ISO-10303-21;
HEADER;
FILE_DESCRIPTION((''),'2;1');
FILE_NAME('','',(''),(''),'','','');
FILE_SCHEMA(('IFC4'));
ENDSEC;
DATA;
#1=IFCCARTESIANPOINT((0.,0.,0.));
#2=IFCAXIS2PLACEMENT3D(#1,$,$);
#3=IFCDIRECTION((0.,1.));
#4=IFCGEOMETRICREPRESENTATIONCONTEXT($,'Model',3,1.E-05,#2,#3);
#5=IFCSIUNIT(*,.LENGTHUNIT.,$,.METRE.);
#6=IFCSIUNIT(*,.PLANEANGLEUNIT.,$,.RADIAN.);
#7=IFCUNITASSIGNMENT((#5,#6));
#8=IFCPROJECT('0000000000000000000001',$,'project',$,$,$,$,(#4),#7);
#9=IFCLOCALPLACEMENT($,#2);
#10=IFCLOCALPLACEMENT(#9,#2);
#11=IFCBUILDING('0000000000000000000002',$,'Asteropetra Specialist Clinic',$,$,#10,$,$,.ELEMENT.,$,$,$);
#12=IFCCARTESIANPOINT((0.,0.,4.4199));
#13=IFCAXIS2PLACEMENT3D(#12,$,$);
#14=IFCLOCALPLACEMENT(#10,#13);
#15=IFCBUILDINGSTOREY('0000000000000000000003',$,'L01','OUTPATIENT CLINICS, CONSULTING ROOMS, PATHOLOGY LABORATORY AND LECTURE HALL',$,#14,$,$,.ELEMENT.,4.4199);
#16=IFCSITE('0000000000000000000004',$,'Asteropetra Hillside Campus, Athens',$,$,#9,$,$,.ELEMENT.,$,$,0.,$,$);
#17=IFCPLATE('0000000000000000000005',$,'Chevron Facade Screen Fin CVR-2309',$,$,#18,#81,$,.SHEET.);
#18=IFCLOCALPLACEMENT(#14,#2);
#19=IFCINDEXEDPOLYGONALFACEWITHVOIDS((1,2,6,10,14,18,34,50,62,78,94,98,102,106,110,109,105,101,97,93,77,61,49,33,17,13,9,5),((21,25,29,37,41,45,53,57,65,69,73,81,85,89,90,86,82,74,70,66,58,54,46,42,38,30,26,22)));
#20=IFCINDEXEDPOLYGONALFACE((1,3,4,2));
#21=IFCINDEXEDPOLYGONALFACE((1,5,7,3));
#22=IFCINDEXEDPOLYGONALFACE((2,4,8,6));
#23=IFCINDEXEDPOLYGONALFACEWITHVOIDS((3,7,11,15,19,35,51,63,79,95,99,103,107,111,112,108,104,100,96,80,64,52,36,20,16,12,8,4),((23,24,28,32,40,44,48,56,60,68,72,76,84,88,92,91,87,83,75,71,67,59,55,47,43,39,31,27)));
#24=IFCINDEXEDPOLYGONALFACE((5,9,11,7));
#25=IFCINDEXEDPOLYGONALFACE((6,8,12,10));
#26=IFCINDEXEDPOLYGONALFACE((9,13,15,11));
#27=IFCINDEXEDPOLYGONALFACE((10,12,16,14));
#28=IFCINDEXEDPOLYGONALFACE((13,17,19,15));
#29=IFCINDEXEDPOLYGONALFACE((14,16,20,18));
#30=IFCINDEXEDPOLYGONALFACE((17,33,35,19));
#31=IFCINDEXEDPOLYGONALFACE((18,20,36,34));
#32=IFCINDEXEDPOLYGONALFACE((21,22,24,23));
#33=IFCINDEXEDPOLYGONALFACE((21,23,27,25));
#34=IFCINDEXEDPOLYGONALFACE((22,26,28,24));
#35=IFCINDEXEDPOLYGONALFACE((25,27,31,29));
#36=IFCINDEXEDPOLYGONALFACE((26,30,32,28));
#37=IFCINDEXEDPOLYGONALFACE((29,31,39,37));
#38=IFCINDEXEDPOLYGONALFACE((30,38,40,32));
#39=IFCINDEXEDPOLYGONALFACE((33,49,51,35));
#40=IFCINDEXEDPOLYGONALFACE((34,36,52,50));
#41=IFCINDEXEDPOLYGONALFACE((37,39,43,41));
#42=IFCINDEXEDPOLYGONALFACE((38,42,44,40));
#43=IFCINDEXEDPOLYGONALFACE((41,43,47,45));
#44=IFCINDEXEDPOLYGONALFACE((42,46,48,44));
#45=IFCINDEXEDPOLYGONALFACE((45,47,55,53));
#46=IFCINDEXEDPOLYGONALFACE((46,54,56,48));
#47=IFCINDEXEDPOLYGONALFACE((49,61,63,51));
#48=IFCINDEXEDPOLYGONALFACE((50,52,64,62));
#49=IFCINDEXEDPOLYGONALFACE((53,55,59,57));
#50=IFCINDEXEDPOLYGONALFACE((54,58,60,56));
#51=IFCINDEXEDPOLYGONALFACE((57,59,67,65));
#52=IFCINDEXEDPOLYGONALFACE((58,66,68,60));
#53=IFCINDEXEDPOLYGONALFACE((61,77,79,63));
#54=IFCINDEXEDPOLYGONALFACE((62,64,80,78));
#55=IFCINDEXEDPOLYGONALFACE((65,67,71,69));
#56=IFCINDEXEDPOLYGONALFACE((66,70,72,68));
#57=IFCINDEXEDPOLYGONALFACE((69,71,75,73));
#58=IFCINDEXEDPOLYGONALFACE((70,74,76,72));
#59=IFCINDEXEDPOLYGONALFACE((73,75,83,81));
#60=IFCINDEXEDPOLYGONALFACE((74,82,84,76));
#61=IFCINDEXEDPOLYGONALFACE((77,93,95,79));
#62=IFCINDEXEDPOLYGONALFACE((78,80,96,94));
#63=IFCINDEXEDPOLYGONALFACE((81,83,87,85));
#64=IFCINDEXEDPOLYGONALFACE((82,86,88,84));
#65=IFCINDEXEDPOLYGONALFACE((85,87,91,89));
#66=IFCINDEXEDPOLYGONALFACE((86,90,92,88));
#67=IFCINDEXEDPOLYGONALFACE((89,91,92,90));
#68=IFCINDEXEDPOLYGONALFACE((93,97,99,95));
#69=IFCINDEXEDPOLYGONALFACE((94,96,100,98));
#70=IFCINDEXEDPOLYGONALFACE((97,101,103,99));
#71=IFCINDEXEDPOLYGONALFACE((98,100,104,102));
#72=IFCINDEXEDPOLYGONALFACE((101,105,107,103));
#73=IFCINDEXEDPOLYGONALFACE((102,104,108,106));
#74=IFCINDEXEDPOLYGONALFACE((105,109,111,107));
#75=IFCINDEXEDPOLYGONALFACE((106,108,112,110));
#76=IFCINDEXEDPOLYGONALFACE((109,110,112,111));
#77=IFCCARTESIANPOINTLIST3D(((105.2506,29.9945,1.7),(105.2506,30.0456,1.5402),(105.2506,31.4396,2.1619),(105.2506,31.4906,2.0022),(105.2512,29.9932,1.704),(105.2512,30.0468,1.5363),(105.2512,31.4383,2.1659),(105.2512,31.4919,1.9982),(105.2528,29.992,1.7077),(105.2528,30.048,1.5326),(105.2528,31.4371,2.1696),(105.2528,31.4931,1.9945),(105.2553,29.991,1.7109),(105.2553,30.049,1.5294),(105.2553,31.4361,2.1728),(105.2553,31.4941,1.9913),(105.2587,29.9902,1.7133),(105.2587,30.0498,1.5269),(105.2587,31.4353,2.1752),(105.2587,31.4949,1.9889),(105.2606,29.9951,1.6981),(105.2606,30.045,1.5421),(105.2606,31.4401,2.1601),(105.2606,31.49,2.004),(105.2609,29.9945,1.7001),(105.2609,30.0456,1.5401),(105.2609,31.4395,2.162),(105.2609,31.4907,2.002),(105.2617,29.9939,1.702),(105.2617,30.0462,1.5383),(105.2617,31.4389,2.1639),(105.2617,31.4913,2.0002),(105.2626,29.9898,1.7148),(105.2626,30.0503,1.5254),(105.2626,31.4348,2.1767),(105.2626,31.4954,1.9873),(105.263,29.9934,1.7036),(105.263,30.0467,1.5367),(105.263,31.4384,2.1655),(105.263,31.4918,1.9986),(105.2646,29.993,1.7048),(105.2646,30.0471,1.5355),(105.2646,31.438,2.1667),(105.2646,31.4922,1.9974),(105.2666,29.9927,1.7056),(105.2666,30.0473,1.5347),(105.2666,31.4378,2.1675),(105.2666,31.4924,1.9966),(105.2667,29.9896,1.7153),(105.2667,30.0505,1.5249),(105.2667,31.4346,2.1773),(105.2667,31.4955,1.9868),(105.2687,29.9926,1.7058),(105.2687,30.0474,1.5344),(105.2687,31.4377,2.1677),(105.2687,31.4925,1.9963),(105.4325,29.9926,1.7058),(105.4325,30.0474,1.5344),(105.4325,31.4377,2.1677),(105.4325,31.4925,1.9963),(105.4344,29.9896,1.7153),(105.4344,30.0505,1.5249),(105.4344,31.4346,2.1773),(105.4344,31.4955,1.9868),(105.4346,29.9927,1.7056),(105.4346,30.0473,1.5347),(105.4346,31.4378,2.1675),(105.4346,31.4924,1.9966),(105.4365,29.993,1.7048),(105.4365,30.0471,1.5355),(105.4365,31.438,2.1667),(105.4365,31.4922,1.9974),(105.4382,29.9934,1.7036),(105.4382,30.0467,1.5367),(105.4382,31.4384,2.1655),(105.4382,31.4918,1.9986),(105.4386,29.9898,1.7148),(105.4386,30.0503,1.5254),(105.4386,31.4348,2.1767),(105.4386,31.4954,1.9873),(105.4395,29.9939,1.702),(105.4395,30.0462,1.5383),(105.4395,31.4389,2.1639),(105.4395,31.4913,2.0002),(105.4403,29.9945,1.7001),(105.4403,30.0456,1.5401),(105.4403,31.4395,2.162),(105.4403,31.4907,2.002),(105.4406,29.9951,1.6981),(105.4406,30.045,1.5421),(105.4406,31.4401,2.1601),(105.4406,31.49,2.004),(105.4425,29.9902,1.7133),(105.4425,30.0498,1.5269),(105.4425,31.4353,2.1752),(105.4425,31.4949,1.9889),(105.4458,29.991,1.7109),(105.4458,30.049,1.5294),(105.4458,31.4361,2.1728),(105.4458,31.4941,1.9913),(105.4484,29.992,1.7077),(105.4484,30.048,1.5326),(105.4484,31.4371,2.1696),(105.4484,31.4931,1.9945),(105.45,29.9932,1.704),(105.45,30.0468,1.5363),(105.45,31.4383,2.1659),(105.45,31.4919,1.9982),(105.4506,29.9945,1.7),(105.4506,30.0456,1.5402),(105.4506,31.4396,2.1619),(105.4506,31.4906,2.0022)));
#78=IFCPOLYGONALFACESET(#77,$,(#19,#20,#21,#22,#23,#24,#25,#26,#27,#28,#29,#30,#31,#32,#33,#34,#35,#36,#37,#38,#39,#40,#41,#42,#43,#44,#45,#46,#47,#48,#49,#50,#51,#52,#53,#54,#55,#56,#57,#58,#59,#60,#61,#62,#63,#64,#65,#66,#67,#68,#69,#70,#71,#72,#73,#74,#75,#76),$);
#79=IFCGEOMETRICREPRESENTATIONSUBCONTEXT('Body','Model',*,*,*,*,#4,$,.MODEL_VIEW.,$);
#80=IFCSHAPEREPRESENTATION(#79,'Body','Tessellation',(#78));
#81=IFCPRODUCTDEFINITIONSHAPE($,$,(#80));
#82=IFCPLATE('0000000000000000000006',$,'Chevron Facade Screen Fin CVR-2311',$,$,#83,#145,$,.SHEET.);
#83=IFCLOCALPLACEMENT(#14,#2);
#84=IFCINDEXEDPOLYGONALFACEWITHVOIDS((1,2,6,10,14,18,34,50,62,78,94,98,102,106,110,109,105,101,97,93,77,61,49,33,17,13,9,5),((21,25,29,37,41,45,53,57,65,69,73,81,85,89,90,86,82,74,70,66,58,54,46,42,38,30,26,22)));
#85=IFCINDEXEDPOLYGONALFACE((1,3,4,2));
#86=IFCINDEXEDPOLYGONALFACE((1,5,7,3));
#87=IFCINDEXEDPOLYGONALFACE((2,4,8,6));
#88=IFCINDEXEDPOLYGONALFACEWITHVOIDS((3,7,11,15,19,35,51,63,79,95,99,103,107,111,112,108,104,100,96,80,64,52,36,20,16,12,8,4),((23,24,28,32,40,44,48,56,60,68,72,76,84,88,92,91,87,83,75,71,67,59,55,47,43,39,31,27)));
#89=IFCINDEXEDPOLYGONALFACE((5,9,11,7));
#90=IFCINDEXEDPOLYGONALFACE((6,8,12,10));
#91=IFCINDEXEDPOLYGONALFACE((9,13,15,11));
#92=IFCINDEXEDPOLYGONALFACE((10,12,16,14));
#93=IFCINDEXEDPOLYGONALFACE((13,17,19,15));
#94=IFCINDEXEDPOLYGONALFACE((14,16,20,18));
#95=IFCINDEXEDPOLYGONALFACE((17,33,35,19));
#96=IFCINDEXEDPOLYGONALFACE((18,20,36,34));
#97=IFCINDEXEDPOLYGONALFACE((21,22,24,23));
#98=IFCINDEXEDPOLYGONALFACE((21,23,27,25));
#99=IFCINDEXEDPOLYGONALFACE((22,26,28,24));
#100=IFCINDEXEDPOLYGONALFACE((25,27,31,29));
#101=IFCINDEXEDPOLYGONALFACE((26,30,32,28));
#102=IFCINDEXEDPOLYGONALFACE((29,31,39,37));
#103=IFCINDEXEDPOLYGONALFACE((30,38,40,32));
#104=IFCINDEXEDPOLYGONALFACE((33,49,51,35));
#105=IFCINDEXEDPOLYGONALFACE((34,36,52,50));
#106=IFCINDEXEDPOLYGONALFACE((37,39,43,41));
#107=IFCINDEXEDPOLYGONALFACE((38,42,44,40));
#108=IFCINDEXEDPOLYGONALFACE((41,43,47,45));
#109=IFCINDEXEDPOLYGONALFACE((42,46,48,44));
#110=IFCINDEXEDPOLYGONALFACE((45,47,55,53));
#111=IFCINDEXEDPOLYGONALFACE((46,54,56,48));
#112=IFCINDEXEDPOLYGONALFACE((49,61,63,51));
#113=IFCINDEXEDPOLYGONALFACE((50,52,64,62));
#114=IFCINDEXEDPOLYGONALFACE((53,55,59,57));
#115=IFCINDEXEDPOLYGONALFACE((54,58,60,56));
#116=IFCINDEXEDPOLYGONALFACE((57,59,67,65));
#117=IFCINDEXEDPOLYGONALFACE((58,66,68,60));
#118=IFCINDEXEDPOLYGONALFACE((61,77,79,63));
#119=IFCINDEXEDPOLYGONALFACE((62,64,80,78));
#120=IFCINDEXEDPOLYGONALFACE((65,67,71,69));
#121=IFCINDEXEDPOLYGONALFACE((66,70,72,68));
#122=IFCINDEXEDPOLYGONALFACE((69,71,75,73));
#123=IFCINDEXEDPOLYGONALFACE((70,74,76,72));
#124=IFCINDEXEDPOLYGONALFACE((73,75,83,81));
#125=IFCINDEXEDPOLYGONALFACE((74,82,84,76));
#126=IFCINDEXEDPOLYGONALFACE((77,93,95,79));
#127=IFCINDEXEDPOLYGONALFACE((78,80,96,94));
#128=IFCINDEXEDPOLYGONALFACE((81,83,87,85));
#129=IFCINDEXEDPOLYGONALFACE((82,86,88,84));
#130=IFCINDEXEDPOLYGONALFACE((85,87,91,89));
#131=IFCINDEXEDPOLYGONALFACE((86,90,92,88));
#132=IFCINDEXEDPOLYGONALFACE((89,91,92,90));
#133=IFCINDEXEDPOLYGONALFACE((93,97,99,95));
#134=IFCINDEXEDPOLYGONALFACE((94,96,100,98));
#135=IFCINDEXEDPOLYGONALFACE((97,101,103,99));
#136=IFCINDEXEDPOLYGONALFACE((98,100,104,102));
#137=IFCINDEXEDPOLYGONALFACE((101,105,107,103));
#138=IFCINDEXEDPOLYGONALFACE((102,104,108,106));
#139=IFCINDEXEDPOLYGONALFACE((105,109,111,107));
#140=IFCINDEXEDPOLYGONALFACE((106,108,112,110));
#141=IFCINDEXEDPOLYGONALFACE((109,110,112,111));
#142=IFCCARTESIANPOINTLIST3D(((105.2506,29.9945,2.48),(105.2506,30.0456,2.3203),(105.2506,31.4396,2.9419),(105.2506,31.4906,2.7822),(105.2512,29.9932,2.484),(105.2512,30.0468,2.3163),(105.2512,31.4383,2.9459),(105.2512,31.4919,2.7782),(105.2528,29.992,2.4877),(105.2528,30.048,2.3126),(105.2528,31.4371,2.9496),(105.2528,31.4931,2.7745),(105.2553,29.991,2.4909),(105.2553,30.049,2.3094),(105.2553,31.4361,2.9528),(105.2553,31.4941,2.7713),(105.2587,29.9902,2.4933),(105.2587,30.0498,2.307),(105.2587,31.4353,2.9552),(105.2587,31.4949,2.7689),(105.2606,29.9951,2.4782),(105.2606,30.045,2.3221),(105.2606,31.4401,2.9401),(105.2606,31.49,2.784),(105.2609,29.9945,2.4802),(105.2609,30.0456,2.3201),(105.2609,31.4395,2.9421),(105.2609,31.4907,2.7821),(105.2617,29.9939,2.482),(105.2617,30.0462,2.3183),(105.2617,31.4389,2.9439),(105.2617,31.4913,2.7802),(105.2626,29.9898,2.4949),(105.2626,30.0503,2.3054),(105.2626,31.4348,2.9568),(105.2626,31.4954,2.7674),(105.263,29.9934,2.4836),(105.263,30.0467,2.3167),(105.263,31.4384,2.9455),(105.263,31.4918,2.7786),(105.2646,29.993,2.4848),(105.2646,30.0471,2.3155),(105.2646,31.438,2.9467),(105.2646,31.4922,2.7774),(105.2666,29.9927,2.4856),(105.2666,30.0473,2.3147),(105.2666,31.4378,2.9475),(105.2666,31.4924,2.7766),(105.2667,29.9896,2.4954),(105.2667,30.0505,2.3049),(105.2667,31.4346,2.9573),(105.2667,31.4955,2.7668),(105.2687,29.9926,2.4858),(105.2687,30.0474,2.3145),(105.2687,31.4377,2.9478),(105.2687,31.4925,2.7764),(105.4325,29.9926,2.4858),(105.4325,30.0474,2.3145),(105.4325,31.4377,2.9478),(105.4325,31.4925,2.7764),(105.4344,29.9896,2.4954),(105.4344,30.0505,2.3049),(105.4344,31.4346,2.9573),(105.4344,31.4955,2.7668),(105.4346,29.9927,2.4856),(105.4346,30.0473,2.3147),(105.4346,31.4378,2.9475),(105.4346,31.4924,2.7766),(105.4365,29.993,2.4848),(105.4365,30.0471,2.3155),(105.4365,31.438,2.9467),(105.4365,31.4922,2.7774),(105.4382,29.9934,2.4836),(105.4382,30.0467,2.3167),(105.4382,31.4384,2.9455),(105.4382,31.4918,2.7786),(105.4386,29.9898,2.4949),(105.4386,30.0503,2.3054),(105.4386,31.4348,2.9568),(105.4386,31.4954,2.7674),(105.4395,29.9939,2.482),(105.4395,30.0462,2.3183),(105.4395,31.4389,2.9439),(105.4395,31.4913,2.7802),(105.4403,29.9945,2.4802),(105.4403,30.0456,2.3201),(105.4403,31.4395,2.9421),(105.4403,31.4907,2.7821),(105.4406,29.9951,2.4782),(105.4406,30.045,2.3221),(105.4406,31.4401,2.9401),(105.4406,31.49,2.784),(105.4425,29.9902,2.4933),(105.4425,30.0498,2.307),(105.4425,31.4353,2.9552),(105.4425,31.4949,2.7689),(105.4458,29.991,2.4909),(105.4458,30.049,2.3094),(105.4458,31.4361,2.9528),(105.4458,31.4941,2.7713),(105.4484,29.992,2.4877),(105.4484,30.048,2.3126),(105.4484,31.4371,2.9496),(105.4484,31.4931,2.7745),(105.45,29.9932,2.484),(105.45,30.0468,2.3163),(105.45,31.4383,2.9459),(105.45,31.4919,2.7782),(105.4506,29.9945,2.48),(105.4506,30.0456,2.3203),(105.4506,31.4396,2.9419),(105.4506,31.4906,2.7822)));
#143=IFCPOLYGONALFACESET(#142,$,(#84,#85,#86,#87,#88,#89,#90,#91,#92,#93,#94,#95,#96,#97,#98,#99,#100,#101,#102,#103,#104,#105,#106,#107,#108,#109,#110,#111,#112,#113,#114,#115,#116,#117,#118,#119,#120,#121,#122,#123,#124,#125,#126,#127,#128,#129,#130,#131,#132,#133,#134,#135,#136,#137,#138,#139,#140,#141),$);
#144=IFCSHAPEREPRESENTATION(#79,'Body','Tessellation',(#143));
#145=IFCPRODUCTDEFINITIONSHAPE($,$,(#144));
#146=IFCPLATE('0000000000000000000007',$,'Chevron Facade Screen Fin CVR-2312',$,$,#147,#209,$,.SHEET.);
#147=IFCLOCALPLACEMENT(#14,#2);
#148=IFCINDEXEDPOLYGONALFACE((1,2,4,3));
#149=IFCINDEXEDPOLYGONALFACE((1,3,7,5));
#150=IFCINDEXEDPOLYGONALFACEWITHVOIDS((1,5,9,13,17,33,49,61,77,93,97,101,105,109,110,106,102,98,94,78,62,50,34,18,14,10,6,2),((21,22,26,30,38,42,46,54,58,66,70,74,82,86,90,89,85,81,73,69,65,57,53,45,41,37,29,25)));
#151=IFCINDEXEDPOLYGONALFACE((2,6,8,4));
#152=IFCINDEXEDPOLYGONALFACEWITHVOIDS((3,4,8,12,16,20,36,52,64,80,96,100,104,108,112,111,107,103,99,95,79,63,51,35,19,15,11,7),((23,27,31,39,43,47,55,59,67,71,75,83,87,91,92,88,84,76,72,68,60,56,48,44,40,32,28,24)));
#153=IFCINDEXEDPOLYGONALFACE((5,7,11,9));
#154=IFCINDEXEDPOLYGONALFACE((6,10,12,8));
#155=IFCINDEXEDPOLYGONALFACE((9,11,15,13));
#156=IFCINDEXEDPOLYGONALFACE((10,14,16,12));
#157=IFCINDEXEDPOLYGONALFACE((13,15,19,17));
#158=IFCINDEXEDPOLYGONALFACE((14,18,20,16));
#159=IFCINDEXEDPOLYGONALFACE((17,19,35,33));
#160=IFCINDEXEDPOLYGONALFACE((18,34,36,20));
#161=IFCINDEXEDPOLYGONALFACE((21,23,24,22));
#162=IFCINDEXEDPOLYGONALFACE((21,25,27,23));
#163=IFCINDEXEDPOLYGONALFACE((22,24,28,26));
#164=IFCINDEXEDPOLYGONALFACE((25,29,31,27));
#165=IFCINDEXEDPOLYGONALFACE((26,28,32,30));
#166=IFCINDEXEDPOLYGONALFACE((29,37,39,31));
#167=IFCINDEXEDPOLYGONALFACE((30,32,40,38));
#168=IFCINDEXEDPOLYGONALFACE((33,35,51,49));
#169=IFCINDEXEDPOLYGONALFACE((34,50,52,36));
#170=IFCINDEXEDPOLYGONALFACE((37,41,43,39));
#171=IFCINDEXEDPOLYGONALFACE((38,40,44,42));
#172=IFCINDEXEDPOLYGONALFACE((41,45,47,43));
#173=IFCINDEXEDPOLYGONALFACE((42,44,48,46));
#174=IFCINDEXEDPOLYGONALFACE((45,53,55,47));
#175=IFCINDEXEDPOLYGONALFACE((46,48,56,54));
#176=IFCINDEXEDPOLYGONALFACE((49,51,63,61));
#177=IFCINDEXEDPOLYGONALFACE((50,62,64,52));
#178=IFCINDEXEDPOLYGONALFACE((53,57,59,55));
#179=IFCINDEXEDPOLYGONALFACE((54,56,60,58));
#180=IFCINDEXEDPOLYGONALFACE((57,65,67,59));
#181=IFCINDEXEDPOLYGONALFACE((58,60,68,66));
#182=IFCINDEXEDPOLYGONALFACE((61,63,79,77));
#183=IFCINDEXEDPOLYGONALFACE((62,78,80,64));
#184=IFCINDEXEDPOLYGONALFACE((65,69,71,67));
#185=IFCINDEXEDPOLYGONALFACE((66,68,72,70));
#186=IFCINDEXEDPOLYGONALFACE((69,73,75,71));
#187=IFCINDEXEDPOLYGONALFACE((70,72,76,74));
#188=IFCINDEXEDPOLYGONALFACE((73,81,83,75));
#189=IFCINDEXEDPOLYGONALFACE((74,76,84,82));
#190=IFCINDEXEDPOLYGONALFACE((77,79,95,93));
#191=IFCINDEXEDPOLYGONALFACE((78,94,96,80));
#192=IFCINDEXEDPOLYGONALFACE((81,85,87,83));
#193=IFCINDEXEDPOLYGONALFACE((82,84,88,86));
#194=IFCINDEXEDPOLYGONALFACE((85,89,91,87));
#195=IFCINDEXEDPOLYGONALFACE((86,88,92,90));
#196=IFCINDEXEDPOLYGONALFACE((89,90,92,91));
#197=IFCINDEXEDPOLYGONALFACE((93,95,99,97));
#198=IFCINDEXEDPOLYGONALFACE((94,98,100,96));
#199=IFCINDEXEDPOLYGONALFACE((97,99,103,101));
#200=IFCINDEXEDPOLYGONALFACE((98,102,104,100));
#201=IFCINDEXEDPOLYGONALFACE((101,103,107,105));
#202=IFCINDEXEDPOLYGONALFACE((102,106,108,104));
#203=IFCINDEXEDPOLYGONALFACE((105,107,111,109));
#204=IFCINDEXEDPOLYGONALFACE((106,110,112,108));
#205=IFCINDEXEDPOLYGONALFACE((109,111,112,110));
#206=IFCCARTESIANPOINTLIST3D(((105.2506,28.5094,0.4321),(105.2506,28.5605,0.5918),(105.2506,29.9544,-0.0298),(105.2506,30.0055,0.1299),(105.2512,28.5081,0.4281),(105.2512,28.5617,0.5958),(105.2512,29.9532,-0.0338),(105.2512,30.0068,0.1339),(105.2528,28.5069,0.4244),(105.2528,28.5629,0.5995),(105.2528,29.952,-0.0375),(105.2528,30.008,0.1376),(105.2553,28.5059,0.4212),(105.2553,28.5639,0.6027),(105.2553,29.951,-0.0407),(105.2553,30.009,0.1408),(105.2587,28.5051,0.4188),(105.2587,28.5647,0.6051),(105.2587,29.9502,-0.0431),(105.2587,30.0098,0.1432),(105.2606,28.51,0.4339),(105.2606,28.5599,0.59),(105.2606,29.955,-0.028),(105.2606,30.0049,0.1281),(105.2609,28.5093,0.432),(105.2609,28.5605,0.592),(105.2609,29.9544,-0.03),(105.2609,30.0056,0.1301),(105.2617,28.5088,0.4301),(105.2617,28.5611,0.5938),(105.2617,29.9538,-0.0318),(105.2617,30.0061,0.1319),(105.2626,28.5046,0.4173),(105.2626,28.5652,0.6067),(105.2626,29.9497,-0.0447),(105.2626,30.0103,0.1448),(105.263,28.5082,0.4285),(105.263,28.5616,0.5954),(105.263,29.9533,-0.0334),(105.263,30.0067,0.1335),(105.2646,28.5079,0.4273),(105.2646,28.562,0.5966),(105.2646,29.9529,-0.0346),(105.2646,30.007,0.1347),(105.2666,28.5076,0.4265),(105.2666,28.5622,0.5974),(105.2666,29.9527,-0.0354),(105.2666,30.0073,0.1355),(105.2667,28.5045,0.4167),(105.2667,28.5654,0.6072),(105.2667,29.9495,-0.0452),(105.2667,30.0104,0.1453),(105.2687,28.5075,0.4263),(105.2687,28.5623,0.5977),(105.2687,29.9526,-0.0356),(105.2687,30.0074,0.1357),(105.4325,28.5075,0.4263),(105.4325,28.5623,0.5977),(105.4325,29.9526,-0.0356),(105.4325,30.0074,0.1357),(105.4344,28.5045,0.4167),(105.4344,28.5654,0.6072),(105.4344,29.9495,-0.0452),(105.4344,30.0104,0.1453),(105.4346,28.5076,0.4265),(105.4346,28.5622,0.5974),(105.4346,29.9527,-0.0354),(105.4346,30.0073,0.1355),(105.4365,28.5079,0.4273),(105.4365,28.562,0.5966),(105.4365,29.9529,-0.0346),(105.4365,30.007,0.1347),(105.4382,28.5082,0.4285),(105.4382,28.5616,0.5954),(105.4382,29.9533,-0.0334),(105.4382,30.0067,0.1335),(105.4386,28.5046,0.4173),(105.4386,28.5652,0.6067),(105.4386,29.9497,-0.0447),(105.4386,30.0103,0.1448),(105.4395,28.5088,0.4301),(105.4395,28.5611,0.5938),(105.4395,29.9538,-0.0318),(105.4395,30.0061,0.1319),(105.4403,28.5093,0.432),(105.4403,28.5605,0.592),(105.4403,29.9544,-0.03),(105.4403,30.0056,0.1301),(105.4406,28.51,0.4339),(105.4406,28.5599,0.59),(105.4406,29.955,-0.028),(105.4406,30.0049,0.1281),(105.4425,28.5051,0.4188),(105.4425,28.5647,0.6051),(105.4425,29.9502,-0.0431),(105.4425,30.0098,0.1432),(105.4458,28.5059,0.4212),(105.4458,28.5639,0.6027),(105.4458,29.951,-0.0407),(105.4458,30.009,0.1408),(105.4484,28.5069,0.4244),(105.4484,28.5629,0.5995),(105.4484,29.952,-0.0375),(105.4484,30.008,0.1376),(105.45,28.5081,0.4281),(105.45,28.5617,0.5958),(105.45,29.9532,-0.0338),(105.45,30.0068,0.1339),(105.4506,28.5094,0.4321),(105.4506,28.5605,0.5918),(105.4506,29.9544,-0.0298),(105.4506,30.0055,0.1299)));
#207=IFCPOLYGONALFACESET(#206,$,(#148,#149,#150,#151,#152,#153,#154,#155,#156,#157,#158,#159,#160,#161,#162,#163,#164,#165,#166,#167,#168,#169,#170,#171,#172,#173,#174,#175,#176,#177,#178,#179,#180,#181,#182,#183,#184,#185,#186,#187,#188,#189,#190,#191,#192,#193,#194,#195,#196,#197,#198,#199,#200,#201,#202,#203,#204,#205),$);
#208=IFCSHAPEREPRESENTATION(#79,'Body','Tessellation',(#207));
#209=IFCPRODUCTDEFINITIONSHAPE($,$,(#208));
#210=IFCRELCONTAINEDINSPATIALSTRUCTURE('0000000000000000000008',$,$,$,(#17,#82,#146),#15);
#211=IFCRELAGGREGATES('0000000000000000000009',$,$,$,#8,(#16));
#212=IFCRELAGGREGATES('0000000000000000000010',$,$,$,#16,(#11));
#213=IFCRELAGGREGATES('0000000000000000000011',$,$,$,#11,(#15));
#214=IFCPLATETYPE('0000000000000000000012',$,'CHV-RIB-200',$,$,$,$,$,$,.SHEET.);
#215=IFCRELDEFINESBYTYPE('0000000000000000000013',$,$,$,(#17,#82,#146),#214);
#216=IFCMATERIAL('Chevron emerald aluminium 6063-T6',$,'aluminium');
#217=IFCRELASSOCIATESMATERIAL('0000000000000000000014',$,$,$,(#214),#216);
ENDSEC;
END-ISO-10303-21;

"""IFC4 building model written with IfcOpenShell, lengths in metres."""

from ifc_helpers import new_model, si_unit, direction, frame, origin, origin_2d, place, context, subcontext, project, spatial, hollow_rectangle, extrude, material, material_profile, profile_set, type_object, element, save


model = new_model("IFC4")

# Units and contexts
model_context = context("Model", 3, precision=1e-05, world=origin(), true_north=direction((0.0, 1.0)))
body_context = subcontext(model_context, "Body", "Model", "MODEL_VIEW")
ifc_project = project(units=[si_unit("LENGTHUNIT", "METRE"), si_unit("PLANEANGLEUNIT", "RADIAN")], contexts=[model_context])

# Site, building, storey
site_placement = place(None, origin())
site = spatial("IfcSite", under=ifc_project, at=site_placement, Name="Asteropetra Hillside Campus, Athens", CompositionType="ELEMENT", RefElevation=0.0)
building_placement = place(site_placement, origin())
building = spatial("IfcBuilding", under=site, at=building_placement, Name="Asteropetra Specialist Clinic", CompositionType="ELEMENT")
storey_placement = place(building_placement, frame((0.0, 0.0, 4.4199)))
storey = spatial("IfcBuildingStorey", under=building, at=storey_placement, Name="L01", Description="OUTPATIENT CLINICS, CONSULTING ROOMS, PATHOLOGY LABORATORY AND LECTURE HALL", CompositionType="ELEMENT", Elevation=4.4199)

# Plates
ifc_material_1 = material(Name="Chevron emerald aluminium 6063-T6", Category="aluminium")
ifc_material_profile_1 = material_profile(ifc_material_1, hollow_rectangle(XDim=0.2, YDim=0.2, WallThickness=0.01, InnerFilletRadius=0.0081, OuterFilletRadius=0.0161, at=origin_2d()), Name="SHS 200x200x10.0")
ifc_profile_set_1 = profile_set([ifc_material_profile_1], Name="Chevron emerald aluminium 6063-T6")
plate_type = type_object("IfcPlateType", Name="CHV-RIB-200", PredefinedType="SHEET", material=ifc_profile_set_1)
for number, where, z_axis, x_axis, name in (
    (1, (105.3506, 31.4651, 2.082), (0.0, -0.952521, -0.304472), (1.0, 0.0, 0.0), "Chevron Facade Screen Fin CVR-2309"),
    (2, (105.3506, 31.4651, 2.8621), (0.0, -0.952521, -0.304472), (1.0, 0.0, 0.0), "Chevron Facade Screen Fin CVR-2311"),
    (3, (105.3506, 29.98, 0.05), (0.0, -0.952521, 0.304472), (1.0, 0.0, 0.0), "Chevron Facade Screen Fin CVR-2312"),
):
    element("IfcPlate", number, at=place(storey_placement, frame(where, z_axis=z_axis, x_axis=x_axis)), inside=storey, type_object=plate_type, Name=name, PredefinedType="SHEET", context=body_context, shape_type="SweptSolid", body=[
        extrude(hollow_rectangle(XDim=0.2, YDim=0.2, WallThickness=0.01, InnerFilletRadius=0.0081, OuterFilletRadius=0.0161, at=origin_2d()), origin(), (0.0, 0.0, 1.0), 1.5171),
    ])

save(model, "model.ifc")
